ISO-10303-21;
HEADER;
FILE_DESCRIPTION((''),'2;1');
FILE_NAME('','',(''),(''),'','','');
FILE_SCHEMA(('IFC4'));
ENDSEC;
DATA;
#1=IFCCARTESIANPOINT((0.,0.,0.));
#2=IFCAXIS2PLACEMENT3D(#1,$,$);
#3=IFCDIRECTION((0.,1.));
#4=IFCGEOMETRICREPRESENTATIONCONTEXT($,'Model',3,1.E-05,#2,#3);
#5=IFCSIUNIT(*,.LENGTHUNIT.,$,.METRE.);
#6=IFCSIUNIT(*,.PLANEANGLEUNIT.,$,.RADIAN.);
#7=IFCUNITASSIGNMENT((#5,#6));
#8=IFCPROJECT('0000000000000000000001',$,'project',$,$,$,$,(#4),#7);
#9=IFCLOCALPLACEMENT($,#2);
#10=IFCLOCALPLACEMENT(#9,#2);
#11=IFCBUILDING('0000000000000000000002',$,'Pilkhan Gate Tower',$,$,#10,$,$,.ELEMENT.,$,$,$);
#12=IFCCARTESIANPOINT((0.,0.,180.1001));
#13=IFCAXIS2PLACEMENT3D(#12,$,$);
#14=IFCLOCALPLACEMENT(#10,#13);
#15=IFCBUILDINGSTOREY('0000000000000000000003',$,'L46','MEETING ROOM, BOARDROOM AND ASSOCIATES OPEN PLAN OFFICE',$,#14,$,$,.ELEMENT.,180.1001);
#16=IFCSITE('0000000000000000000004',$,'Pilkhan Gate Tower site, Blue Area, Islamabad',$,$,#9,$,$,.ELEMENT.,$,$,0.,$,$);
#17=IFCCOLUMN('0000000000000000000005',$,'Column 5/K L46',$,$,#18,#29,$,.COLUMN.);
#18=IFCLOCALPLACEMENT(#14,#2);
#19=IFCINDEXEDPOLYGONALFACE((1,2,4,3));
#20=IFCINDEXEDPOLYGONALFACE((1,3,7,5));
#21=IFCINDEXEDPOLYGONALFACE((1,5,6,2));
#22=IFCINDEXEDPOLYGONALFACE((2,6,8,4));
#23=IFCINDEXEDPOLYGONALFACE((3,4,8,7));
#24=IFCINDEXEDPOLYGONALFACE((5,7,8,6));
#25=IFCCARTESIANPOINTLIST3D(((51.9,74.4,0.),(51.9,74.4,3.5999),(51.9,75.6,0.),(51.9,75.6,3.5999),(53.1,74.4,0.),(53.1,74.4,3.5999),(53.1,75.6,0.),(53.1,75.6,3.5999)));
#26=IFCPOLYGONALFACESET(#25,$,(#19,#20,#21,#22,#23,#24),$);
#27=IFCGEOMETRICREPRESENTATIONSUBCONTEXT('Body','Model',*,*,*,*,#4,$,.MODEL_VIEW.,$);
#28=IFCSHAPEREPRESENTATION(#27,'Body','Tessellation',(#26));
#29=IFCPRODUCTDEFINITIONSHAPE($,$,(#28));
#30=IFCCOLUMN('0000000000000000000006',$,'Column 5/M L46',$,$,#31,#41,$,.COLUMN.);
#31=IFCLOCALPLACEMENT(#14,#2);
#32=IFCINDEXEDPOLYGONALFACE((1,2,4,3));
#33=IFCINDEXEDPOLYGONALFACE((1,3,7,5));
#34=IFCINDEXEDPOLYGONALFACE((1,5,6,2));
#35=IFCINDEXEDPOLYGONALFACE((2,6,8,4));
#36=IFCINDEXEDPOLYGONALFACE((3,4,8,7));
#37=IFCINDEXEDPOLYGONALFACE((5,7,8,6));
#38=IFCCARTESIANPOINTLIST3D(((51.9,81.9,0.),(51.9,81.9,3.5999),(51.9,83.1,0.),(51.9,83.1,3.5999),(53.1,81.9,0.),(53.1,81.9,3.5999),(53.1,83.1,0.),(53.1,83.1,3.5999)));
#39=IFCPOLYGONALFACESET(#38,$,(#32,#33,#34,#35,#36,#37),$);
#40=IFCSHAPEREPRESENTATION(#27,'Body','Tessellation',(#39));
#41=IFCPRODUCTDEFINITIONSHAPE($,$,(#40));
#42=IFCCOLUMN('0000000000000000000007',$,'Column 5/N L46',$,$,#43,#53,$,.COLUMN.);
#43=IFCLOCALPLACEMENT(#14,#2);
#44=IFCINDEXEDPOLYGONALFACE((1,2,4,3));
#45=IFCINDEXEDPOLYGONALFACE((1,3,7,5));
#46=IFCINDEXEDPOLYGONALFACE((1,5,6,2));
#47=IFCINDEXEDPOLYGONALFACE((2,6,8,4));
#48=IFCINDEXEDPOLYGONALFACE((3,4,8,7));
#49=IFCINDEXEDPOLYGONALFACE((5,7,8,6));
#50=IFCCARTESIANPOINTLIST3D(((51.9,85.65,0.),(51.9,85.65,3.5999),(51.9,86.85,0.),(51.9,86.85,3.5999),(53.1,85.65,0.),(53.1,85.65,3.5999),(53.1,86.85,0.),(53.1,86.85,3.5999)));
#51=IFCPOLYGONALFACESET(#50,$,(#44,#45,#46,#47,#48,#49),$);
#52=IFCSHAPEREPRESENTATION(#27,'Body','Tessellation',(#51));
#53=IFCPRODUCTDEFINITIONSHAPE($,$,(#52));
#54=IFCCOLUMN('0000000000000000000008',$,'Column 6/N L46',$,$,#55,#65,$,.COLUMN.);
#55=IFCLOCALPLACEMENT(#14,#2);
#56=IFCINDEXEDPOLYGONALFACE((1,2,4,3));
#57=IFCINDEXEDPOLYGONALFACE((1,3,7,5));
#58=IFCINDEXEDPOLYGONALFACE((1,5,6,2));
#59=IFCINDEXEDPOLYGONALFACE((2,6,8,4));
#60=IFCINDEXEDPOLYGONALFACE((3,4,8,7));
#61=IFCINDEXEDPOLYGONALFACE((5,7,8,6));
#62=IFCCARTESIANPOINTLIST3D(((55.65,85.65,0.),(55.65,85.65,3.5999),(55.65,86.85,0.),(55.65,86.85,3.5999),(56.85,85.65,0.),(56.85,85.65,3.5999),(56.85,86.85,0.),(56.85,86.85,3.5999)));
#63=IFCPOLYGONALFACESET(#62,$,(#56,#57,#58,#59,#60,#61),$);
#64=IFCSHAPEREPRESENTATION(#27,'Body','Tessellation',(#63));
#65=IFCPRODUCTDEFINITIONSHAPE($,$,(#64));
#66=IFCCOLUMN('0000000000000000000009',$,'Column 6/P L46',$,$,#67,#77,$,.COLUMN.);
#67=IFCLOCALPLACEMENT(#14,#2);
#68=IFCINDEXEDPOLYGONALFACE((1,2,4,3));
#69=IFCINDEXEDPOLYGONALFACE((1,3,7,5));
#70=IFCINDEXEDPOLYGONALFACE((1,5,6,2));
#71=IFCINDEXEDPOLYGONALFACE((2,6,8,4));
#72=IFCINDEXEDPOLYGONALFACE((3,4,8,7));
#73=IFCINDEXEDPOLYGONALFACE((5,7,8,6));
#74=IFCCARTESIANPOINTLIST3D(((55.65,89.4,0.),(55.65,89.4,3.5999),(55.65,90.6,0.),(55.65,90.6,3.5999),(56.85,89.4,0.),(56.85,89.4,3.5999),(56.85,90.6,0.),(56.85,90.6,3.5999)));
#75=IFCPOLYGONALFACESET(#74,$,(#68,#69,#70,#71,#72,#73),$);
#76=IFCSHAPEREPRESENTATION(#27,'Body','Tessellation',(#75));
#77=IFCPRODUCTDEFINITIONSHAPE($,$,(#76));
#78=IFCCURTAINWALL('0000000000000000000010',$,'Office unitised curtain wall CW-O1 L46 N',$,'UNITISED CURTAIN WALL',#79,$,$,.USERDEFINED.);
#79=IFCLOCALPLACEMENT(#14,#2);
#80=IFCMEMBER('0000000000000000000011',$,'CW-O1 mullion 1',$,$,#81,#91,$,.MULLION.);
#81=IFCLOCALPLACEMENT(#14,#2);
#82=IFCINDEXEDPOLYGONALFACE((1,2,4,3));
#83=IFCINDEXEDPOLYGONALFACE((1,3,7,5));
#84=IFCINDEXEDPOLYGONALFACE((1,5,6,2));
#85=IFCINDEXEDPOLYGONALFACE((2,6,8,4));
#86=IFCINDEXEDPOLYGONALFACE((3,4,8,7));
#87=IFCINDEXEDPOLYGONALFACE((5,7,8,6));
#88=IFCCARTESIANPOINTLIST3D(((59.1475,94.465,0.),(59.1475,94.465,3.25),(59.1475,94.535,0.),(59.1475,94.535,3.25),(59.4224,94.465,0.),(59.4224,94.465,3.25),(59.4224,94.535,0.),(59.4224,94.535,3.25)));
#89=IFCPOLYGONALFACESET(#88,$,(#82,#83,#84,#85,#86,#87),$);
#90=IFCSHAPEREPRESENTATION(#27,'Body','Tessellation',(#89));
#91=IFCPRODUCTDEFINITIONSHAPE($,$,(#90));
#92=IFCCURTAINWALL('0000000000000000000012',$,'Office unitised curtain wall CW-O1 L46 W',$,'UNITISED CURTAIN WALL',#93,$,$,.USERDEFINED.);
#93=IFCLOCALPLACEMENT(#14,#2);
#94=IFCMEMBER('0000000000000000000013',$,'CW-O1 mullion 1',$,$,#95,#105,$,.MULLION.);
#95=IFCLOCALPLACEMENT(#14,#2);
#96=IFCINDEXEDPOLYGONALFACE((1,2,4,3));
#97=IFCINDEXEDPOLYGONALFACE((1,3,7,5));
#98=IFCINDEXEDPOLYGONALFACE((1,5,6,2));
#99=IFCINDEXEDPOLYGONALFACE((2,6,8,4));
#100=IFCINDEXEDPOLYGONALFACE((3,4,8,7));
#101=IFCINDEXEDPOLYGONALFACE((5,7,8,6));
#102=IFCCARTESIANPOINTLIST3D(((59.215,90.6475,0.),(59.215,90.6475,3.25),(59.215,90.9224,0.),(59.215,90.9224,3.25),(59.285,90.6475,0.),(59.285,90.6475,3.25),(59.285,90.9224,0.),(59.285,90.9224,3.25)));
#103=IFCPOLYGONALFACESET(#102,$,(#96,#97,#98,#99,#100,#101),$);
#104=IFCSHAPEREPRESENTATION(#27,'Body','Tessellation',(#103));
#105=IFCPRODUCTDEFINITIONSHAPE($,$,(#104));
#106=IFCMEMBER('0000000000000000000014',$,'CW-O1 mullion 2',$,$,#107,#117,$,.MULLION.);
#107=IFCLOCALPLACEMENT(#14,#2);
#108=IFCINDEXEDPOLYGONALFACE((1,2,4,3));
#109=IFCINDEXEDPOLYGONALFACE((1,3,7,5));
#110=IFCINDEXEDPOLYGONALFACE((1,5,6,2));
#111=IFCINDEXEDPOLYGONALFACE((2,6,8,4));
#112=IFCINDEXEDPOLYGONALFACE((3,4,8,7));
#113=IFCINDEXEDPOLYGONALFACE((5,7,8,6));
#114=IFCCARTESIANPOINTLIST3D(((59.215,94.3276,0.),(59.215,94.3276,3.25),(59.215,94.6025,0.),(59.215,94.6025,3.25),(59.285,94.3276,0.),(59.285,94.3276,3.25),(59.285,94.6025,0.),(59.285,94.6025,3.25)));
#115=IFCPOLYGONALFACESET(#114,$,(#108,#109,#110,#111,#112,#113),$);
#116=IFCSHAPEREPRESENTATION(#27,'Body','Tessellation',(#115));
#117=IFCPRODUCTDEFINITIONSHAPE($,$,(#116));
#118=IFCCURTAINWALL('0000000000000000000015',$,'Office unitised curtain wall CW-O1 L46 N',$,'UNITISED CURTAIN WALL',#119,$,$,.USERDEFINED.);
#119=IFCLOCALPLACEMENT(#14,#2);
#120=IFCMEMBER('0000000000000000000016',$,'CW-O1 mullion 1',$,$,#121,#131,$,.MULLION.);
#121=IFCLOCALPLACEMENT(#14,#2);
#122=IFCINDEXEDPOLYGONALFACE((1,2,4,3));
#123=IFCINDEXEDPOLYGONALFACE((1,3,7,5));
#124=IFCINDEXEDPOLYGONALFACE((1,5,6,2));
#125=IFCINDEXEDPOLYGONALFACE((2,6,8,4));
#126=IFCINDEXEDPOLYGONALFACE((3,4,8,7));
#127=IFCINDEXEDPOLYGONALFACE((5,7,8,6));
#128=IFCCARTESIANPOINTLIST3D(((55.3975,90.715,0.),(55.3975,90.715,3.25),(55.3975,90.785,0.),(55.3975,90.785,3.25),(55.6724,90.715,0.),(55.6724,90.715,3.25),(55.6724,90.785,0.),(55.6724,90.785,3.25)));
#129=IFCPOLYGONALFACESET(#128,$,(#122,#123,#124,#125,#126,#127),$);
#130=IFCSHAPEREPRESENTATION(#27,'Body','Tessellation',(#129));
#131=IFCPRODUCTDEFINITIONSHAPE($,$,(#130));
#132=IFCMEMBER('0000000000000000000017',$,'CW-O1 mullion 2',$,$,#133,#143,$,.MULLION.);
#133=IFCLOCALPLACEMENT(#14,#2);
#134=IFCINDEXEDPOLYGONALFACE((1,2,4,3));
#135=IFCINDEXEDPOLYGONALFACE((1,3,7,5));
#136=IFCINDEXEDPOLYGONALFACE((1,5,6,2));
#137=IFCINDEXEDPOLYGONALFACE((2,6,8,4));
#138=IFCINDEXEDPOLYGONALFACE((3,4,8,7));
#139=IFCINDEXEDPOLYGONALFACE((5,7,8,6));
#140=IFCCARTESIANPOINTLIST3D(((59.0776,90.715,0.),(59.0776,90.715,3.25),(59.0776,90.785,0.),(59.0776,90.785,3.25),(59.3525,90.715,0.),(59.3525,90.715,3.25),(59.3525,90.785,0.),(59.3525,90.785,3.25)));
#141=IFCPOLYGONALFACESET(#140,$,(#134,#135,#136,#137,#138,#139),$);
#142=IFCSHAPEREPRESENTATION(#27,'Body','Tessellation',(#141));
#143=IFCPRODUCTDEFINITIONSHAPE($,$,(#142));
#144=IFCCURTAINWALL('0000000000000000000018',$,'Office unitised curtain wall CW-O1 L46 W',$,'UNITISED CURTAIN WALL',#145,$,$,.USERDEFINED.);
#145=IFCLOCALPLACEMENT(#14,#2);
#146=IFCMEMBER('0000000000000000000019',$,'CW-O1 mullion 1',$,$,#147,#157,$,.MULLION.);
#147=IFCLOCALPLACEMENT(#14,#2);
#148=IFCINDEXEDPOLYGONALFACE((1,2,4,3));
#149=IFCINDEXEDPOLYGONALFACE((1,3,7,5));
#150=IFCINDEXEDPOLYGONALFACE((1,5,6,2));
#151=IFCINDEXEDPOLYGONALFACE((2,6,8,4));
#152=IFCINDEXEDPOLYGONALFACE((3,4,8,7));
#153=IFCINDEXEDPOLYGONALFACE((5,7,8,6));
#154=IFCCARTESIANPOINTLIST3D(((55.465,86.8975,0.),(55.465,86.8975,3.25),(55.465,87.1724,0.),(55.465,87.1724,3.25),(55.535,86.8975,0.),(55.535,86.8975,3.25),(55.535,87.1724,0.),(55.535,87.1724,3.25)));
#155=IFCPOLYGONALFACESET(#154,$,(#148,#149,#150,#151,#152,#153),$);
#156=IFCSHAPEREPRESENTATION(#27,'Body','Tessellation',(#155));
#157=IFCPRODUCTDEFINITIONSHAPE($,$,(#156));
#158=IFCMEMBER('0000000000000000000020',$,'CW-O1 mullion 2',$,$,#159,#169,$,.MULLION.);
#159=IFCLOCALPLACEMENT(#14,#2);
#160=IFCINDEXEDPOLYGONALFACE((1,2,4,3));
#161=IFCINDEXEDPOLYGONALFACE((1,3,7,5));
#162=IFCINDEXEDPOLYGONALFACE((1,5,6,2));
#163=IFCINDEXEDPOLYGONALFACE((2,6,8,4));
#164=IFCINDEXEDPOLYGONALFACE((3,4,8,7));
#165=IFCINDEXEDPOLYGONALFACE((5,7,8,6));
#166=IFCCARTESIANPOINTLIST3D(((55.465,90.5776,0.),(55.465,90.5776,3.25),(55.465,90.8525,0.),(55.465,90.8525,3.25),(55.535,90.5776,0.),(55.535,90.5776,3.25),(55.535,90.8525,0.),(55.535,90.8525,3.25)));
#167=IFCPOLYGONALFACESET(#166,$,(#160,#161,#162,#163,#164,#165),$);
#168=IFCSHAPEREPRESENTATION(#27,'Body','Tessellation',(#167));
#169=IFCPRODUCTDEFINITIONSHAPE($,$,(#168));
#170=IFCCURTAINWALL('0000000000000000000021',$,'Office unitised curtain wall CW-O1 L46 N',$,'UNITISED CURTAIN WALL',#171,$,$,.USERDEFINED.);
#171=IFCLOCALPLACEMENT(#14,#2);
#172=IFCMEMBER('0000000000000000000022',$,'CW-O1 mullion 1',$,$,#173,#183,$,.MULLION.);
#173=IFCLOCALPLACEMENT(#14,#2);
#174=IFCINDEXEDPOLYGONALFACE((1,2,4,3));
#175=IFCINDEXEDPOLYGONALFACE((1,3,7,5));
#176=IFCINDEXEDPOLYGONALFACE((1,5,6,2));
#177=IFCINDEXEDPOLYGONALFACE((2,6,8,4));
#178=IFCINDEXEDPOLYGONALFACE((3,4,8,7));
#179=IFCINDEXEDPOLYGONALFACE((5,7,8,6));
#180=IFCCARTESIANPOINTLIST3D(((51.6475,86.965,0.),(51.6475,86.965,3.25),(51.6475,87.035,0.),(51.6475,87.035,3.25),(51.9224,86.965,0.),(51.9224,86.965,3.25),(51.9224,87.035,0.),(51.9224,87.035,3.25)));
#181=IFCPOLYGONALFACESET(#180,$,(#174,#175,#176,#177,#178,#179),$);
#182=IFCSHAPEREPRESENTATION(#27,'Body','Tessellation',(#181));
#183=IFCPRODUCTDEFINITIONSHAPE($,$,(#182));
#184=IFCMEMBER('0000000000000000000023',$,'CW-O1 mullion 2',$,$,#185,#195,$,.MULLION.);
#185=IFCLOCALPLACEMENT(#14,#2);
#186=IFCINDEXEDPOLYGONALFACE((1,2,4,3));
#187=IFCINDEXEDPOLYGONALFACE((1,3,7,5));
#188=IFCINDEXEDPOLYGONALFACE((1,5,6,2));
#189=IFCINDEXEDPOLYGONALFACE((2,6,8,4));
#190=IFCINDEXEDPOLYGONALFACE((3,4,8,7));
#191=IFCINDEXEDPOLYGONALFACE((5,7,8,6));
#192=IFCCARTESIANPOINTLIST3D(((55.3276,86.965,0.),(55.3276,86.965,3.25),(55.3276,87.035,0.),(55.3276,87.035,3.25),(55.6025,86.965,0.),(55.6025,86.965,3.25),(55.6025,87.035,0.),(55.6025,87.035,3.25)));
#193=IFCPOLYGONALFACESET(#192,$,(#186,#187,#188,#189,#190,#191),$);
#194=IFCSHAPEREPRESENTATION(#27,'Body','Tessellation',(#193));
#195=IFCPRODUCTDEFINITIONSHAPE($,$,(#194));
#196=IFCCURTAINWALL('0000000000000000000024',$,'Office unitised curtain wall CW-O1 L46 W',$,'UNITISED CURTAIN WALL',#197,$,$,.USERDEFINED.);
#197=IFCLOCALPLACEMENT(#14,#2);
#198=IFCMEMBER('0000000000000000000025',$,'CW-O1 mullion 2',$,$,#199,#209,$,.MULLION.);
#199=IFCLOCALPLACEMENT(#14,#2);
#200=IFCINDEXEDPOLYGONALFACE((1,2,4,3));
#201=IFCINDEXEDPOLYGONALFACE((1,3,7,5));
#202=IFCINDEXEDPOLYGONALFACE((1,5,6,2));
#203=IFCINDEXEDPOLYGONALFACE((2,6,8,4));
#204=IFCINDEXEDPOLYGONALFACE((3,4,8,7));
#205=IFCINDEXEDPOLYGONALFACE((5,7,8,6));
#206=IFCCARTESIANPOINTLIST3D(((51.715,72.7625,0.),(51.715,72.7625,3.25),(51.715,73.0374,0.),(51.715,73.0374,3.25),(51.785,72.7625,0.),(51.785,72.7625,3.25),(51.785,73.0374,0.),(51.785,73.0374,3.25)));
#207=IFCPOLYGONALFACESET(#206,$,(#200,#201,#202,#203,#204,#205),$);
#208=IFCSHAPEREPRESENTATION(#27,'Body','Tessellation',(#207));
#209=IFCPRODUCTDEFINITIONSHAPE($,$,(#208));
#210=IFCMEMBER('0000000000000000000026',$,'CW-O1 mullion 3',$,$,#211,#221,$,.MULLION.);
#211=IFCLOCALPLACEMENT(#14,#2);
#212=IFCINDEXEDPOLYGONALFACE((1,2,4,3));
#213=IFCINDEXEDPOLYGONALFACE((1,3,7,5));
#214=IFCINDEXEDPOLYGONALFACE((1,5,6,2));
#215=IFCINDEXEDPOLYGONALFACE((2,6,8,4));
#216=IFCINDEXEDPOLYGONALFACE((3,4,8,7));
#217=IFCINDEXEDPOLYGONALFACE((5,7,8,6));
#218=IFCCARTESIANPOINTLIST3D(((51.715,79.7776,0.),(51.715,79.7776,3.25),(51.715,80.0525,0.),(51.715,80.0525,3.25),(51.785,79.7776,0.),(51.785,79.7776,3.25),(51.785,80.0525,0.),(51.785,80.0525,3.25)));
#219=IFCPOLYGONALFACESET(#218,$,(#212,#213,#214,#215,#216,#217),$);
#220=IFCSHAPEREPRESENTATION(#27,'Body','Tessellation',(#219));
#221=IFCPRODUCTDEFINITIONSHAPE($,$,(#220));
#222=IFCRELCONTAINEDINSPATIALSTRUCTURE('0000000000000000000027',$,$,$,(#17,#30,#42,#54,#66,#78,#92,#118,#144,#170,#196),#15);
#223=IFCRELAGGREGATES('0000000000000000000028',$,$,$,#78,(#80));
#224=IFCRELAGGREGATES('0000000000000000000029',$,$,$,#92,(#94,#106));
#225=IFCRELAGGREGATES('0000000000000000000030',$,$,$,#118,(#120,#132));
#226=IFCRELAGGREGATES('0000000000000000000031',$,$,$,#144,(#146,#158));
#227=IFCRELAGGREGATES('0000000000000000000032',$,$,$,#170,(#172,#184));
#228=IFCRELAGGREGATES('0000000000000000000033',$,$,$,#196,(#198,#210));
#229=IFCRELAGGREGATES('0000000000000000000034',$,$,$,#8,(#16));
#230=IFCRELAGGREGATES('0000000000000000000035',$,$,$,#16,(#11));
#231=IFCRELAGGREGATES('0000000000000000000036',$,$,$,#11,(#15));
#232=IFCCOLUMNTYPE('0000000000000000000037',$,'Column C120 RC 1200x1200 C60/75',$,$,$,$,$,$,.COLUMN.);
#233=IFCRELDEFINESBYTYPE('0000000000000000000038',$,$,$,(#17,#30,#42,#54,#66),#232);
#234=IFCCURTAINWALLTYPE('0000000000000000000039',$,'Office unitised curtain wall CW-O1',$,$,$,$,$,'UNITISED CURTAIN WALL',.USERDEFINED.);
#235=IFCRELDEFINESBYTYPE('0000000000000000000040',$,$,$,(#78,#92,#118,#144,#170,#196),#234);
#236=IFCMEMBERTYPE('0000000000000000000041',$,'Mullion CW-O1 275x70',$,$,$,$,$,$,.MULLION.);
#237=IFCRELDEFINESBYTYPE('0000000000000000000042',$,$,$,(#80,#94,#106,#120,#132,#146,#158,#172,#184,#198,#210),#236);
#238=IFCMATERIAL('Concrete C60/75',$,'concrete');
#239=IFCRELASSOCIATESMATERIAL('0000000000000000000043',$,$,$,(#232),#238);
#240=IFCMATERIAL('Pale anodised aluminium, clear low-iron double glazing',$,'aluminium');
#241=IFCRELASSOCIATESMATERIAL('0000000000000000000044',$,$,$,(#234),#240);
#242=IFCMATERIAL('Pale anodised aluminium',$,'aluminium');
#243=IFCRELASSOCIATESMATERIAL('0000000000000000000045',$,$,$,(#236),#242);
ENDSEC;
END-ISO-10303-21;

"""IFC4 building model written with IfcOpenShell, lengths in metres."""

from ifc_helpers import new_model, si_unit, direction, frame, origin, origin_2d, place, context, subcontext, project, spatial, rectangle, extrude, material, material_profile, profile_set, type_object, element, aggregate, save


model = new_model("IFC4")

# Units and contexts
model_context = context("Model", 3, precision=1e-05, world=origin(), true_north=direction((0.0, 1.0)))
body_context = subcontext(model_context, "Body", "Model", "MODEL_VIEW")
ifc_project = project(units=[si_unit("LENGTHUNIT", "METRE"), si_unit("PLANEANGLEUNIT", "RADIAN")], contexts=[model_context])

# Site, building, storey
site_placement = place(None, origin())
site = spatial("IfcSite", under=ifc_project, at=site_placement, Name="Pilkhan Gate Tower site, Blue Area, Islamabad", CompositionType="ELEMENT", RefElevation=0.0)
building_placement = place(site_placement, origin())
building = spatial("IfcBuilding", under=site, at=building_placement, Name="Pilkhan Gate Tower", CompositionType="ELEMENT")
storey_placement = place(building_placement, frame((0.0, 0.0, 180.1001)))
storey = spatial("IfcBuildingStorey", under=building, at=storey_placement, Name="L46", Description="MEETING ROOM, BOARDROOM AND ASSOCIATES OPEN PLAN OFFICE", CompositionType="ELEMENT", Elevation=180.1001)

# Columns
ifc_material_1 = material(Name="Concrete C60/75", Category="concrete")
ifc_material_profile_1 = material_profile(ifc_material_1, rectangle(XDim=1.2, YDim=1.2, at=origin_2d()), Name="RC 1200x1200")
ifc_profile_set_1 = profile_set([ifc_material_profile_1], Name="Concrete C60/75")
column_type = type_object("IfcColumnType", Name="Column C120 RC 1200x1200 C60/75", PredefinedType="COLUMN", material=ifc_profile_set_1)
for number, where, z_axis, x_axis, name in (
    (1, (52.5, 75.0, 0.0), (0.0, 0.0, 1.0), (1.0, 0.0, 0.0), "Column 5/K L46"),
    (2, (52.5, 82.5, 0.0), (0.0, 0.0, 1.0), (1.0, 0.0, 0.0), "Column 5/M L46"),
    (3, (52.5, 86.25, 0.0), (0.0, 0.0, 1.0), (1.0, 0.0, 0.0), "Column 5/N L46"),
    (4, (56.25, 86.25, 0.0), (0.0, 0.0, 1.0), (1.0, 0.0, 0.0), "Column 6/N L46"),
    (5, (56.25, 90.0, 0.0), (0.0, 0.0, 1.0), (1.0, 0.0, 0.0), "Column 6/P L46"),
):
    element("IfcColumn", number, at=place(storey_placement, frame(where, z_axis=z_axis, x_axis=x_axis)), inside=storey, type_object=column_type, Name=name, PredefinedType="COLUMN", context=body_context, shape_type="SweptSolid", body=[
        extrude(rectangle(XDim=1.2, YDim=1.2, at=origin_2d()), origin(), (0.0, 0.0, 1.0), 3.5999),
    ])

# Curtain wall, member
ifc_material_2 = material(Name="Pale anodised aluminium, clear low-iron double glazing", Category="aluminium")
curtain_wall_type = type_object("IfcCurtainWallType", Name="Office unitised curtain wall CW-O1", ElementType="UNITISED CURTAIN WALL", PredefinedType="USERDEFINED", material=ifc_material_2)
curtain_wall_1_placement = place(storey_placement, origin())
curtain_wall_1 = element("IfcCurtainWall", 6, at=curtain_wall_1_placement, inside=storey, type_object=curtain_wall_type, Name="Office unitised curtain wall CW-O1 L46 N", ObjectType="UNITISED CURTAIN WALL", PredefinedType="USERDEFINED")
ifc_material_3 = material(Name="Pale anodised aluminium", Category="aluminium")
ifc_material_profile_2 = material_profile(ifc_material_3, rectangle(XDim=0.0701, YDim=0.2749, at=origin_2d()), Name="Mullion 275x70")
ifc_profile_set_2 = profile_set([ifc_material_profile_2], Name="Pale anodised aluminium")
member_type_1 = type_object("IfcMemberType", Name="Mullion CW-O1 275x70", PredefinedType="MULLION", material=ifc_profile_set_2)
member_1_placement = place(storey_placement, frame((59.2849, 94.5, 0.0), z_axis=(0.0, 0.0, 1.0), x_axis=(0.0, 1.0, 0.0)))
member_1 = element("IfcMember", 7, at=member_1_placement, type_object=member_type_1, Name="CW-O1 mullion 1", PredefinedType="MULLION", context=body_context, shape_type="SweptSolid", body=[
    extrude(rectangle(XDim=0.0701, YDim=0.2749, at=origin_2d()), origin(), (0.0, 0.0, 1.0), 3.25),
])

# Curtain walls, members
curtain_wall_2_placement = place(storey_placement, origin())
curtain_wall_2 = element("IfcCurtainWall", 8, at=curtain_wall_2_placement, inside=storey, type_object=curtain_wall_type, Name="Office unitised curtain wall CW-O1 L46 W", ObjectType="UNITISED CURTAIN WALL", PredefinedType="USERDEFINED")
member_2_placement = place(storey_placement, frame((59.25, 90.7849, 0.0), z_axis=(0.0, 0.0, 1.0), x_axis=(-1.0, 0.0, 0.0)))
member_2 = element("IfcMember", 9, at=member_2_placement, type_object=member_type_1, Name="CW-O1 mullion 1", PredefinedType="MULLION", context=body_context, shape_type="SweptSolid", body=[
    extrude(rectangle(XDim=0.0701, YDim=0.2749, at=origin_2d()), origin(), (0.0, 0.0, 1.0), 3.25),
])
member_3_placement = place(storey_placement, frame((59.25, 94.4651, 0.0), z_axis=(0.0, 0.0, 1.0), x_axis=(-1.0, 0.0, 0.0)))
member_3 = element("IfcMember", 10, at=member_3_placement, type_object=member_type_1, Name="CW-O1 mullion 2", PredefinedType="MULLION", context=body_context, shape_type="SweptSolid", body=[
    extrude(rectangle(XDim=0.0701, YDim=0.2749, at=origin_2d()), origin(), (0.0, 0.0, 1.0), 3.25),
])
curtain_wall_3_placement = place(storey_placement, origin())
curtain_wall_3 = element("IfcCurtainWall", 11, at=curtain_wall_3_placement, inside=storey, type_object=curtain_wall_type, Name="Office unitised curtain wall CW-O1 L46 N", ObjectType="UNITISED CURTAIN WALL", PredefinedType="USERDEFINED")
member_4_placement = place(storey_placement, frame((55.5349, 90.75, 0.0), z_axis=(0.0, 0.0, 1.0), x_axis=(0.0, 1.0, 0.0)))
member_4 = element("IfcMember", 12, at=member_4_placement, type_object=member_type_1, Name="CW-O1 mullion 1", PredefinedType="MULLION", context=body_context, shape_type="SweptSolid", body=[
    extrude(rectangle(XDim=0.0701, YDim=0.2749, at=origin_2d()), origin(), (0.0, 0.0, 1.0), 3.25),
])
member_5_placement = place(storey_placement, frame((59.2151, 90.75, 0.0), z_axis=(0.0, 0.0, 1.0), x_axis=(0.0, 1.0, 0.0)))
member_5 = element("IfcMember", 13, at=member_5_placement, type_object=member_type_1, Name="CW-O1 mullion 2", PredefinedType="MULLION", context=body_context, shape_type="SweptSolid", body=[
    extrude(rectangle(XDim=0.0701, YDim=0.2749, at=origin_2d()), origin(), (0.0, 0.0, 1.0), 3.25),
])
curtain_wall_4_placement = place(storey_placement, origin())
curtain_wall_4 = element("IfcCurtainWall", 14, at=curtain_wall_4_placement, inside=storey, type_object=curtain_wall_type, Name="Office unitised curtain wall CW-O1 L46 W", ObjectType="UNITISED CURTAIN WALL", PredefinedType="USERDEFINED")
member_6_placement = place(storey_placement, frame((55.5, 87.0349, 0.0), z_axis=(0.0, 0.0, 1.0), x_axis=(-1.0, 0.0, 0.0)))
member_6 = element("IfcMember", 15, at=member_6_placement, type_object=member_type_1, Name="CW-O1 mullion 1", PredefinedType="MULLION", context=body_context, shape_type="SweptSolid", body=[
    extrude(rectangle(XDim=0.0701, YDim=0.2749, at=origin_2d()), origin(), (0.0, 0.0, 1.0), 3.25),
])
member_7_placement = place(storey_placement, frame((55.5, 90.7151, 0.0), z_axis=(0.0, 0.0, 1.0), x_axis=(-1.0, 0.0, 0.0)))
member_7 = element("IfcMember", 16, at=member_7_placement, type_object=member_type_1, Name="CW-O1 mullion 2", PredefinedType="MULLION", context=body_context, shape_type="SweptSolid", body=[
    extrude(rectangle(XDim=0.0701, YDim=0.2749, at=origin_2d()), origin(), (0.0, 0.0, 1.0), 3.25),
])
curtain_wall_5_placement = place(storey_placement, origin())
curtain_wall_5 = element("IfcCurtainWall", 17, at=curtain_wall_5_placement, inside=storey, type_object=curtain_wall_type, Name="Office unitised curtain wall CW-O1 L46 N", ObjectType="UNITISED CURTAIN WALL", PredefinedType="USERDEFINED")
member_8_placement = place(storey_placement, frame((51.7849, 87.0, 0.0), z_axis=(0.0, 0.0, 1.0), x_axis=(0.0, 1.0, 0.0)))
member_8 = element("IfcMember", 18, at=member_8_placement, type_object=member_type_1, Name="CW-O1 mullion 1", PredefinedType="MULLION", context=body_context, shape_type="SweptSolid", body=[
    extrude(rectangle(XDim=0.0701, YDim=0.2749, at=origin_2d()), origin(), (0.0, 0.0, 1.0), 3.25),
])
member_9_placement = place(storey_placement, frame((55.4651, 87.0, 0.0), z_axis=(0.0, 0.0, 1.0), x_axis=(0.0, 1.0, 0.0)))
member_9 = element("IfcMember", 19, at=member_9_placement, type_object=member_type_1, Name="CW-O1 mullion 2", PredefinedType="MULLION", context=body_context, shape_type="SweptSolid", body=[
    extrude(rectangle(XDim=0.0701, YDim=0.2749, at=origin_2d()), origin(), (0.0, 0.0, 1.0), 3.25),
])
curtain_wall_6_placement = place(storey_placement, origin())
curtain_wall_6 = element("IfcCurtainWall", 20, at=curtain_wall_6_placement, inside=storey, type_object=curtain_wall_type, Name="Office unitised curtain wall CW-O1 L46 W", ObjectType="UNITISED CURTAIN WALL", PredefinedType="USERDEFINED")
member_10_placement = place(storey_placement, frame((51.75, 72.8999, 0.0), z_axis=(0.0, 0.0, 1.0), x_axis=(-1.0, 0.0, 0.0)))
member_10 = element("IfcMember", 21, at=member_10_placement, type_object=member_type_1, Name="CW-O1 mullion 2", PredefinedType="MULLION", context=body_context, shape_type="SweptSolid", body=[
    extrude(rectangle(XDim=0.0701, YDim=0.2749, at=origin_2d()), origin(), (0.0, 0.0, 1.0), 3.25),
])
member_11_placement = place(storey_placement, frame((51.75, 79.915, 0.0), z_axis=(0.0, 0.0, 1.0), x_axis=(-1.0, 0.0, 0.0)))
member_11 = element("IfcMember", 22, at=member_11_placement, type_object=member_type_1, Name="CW-O1 mullion 3", PredefinedType="MULLION", context=body_context, shape_type="SweptSolid", body=[
    extrude(rectangle(XDim=0.0701, YDim=0.2749, at=origin_2d()), origin(), (0.0, 0.0, 1.0), 3.25),
])

aggregate(curtain_wall_1, [member_1])

aggregate(curtain_wall_2, [member_2, member_3])
aggregate(curtain_wall_3, [member_4, member_5])
aggregate(curtain_wall_4, [member_6, member_7])
aggregate(curtain_wall_5, [member_8, member_9])
aggregate(curtain_wall_6, [member_10, member_11])

save(model, "model.ifc")
